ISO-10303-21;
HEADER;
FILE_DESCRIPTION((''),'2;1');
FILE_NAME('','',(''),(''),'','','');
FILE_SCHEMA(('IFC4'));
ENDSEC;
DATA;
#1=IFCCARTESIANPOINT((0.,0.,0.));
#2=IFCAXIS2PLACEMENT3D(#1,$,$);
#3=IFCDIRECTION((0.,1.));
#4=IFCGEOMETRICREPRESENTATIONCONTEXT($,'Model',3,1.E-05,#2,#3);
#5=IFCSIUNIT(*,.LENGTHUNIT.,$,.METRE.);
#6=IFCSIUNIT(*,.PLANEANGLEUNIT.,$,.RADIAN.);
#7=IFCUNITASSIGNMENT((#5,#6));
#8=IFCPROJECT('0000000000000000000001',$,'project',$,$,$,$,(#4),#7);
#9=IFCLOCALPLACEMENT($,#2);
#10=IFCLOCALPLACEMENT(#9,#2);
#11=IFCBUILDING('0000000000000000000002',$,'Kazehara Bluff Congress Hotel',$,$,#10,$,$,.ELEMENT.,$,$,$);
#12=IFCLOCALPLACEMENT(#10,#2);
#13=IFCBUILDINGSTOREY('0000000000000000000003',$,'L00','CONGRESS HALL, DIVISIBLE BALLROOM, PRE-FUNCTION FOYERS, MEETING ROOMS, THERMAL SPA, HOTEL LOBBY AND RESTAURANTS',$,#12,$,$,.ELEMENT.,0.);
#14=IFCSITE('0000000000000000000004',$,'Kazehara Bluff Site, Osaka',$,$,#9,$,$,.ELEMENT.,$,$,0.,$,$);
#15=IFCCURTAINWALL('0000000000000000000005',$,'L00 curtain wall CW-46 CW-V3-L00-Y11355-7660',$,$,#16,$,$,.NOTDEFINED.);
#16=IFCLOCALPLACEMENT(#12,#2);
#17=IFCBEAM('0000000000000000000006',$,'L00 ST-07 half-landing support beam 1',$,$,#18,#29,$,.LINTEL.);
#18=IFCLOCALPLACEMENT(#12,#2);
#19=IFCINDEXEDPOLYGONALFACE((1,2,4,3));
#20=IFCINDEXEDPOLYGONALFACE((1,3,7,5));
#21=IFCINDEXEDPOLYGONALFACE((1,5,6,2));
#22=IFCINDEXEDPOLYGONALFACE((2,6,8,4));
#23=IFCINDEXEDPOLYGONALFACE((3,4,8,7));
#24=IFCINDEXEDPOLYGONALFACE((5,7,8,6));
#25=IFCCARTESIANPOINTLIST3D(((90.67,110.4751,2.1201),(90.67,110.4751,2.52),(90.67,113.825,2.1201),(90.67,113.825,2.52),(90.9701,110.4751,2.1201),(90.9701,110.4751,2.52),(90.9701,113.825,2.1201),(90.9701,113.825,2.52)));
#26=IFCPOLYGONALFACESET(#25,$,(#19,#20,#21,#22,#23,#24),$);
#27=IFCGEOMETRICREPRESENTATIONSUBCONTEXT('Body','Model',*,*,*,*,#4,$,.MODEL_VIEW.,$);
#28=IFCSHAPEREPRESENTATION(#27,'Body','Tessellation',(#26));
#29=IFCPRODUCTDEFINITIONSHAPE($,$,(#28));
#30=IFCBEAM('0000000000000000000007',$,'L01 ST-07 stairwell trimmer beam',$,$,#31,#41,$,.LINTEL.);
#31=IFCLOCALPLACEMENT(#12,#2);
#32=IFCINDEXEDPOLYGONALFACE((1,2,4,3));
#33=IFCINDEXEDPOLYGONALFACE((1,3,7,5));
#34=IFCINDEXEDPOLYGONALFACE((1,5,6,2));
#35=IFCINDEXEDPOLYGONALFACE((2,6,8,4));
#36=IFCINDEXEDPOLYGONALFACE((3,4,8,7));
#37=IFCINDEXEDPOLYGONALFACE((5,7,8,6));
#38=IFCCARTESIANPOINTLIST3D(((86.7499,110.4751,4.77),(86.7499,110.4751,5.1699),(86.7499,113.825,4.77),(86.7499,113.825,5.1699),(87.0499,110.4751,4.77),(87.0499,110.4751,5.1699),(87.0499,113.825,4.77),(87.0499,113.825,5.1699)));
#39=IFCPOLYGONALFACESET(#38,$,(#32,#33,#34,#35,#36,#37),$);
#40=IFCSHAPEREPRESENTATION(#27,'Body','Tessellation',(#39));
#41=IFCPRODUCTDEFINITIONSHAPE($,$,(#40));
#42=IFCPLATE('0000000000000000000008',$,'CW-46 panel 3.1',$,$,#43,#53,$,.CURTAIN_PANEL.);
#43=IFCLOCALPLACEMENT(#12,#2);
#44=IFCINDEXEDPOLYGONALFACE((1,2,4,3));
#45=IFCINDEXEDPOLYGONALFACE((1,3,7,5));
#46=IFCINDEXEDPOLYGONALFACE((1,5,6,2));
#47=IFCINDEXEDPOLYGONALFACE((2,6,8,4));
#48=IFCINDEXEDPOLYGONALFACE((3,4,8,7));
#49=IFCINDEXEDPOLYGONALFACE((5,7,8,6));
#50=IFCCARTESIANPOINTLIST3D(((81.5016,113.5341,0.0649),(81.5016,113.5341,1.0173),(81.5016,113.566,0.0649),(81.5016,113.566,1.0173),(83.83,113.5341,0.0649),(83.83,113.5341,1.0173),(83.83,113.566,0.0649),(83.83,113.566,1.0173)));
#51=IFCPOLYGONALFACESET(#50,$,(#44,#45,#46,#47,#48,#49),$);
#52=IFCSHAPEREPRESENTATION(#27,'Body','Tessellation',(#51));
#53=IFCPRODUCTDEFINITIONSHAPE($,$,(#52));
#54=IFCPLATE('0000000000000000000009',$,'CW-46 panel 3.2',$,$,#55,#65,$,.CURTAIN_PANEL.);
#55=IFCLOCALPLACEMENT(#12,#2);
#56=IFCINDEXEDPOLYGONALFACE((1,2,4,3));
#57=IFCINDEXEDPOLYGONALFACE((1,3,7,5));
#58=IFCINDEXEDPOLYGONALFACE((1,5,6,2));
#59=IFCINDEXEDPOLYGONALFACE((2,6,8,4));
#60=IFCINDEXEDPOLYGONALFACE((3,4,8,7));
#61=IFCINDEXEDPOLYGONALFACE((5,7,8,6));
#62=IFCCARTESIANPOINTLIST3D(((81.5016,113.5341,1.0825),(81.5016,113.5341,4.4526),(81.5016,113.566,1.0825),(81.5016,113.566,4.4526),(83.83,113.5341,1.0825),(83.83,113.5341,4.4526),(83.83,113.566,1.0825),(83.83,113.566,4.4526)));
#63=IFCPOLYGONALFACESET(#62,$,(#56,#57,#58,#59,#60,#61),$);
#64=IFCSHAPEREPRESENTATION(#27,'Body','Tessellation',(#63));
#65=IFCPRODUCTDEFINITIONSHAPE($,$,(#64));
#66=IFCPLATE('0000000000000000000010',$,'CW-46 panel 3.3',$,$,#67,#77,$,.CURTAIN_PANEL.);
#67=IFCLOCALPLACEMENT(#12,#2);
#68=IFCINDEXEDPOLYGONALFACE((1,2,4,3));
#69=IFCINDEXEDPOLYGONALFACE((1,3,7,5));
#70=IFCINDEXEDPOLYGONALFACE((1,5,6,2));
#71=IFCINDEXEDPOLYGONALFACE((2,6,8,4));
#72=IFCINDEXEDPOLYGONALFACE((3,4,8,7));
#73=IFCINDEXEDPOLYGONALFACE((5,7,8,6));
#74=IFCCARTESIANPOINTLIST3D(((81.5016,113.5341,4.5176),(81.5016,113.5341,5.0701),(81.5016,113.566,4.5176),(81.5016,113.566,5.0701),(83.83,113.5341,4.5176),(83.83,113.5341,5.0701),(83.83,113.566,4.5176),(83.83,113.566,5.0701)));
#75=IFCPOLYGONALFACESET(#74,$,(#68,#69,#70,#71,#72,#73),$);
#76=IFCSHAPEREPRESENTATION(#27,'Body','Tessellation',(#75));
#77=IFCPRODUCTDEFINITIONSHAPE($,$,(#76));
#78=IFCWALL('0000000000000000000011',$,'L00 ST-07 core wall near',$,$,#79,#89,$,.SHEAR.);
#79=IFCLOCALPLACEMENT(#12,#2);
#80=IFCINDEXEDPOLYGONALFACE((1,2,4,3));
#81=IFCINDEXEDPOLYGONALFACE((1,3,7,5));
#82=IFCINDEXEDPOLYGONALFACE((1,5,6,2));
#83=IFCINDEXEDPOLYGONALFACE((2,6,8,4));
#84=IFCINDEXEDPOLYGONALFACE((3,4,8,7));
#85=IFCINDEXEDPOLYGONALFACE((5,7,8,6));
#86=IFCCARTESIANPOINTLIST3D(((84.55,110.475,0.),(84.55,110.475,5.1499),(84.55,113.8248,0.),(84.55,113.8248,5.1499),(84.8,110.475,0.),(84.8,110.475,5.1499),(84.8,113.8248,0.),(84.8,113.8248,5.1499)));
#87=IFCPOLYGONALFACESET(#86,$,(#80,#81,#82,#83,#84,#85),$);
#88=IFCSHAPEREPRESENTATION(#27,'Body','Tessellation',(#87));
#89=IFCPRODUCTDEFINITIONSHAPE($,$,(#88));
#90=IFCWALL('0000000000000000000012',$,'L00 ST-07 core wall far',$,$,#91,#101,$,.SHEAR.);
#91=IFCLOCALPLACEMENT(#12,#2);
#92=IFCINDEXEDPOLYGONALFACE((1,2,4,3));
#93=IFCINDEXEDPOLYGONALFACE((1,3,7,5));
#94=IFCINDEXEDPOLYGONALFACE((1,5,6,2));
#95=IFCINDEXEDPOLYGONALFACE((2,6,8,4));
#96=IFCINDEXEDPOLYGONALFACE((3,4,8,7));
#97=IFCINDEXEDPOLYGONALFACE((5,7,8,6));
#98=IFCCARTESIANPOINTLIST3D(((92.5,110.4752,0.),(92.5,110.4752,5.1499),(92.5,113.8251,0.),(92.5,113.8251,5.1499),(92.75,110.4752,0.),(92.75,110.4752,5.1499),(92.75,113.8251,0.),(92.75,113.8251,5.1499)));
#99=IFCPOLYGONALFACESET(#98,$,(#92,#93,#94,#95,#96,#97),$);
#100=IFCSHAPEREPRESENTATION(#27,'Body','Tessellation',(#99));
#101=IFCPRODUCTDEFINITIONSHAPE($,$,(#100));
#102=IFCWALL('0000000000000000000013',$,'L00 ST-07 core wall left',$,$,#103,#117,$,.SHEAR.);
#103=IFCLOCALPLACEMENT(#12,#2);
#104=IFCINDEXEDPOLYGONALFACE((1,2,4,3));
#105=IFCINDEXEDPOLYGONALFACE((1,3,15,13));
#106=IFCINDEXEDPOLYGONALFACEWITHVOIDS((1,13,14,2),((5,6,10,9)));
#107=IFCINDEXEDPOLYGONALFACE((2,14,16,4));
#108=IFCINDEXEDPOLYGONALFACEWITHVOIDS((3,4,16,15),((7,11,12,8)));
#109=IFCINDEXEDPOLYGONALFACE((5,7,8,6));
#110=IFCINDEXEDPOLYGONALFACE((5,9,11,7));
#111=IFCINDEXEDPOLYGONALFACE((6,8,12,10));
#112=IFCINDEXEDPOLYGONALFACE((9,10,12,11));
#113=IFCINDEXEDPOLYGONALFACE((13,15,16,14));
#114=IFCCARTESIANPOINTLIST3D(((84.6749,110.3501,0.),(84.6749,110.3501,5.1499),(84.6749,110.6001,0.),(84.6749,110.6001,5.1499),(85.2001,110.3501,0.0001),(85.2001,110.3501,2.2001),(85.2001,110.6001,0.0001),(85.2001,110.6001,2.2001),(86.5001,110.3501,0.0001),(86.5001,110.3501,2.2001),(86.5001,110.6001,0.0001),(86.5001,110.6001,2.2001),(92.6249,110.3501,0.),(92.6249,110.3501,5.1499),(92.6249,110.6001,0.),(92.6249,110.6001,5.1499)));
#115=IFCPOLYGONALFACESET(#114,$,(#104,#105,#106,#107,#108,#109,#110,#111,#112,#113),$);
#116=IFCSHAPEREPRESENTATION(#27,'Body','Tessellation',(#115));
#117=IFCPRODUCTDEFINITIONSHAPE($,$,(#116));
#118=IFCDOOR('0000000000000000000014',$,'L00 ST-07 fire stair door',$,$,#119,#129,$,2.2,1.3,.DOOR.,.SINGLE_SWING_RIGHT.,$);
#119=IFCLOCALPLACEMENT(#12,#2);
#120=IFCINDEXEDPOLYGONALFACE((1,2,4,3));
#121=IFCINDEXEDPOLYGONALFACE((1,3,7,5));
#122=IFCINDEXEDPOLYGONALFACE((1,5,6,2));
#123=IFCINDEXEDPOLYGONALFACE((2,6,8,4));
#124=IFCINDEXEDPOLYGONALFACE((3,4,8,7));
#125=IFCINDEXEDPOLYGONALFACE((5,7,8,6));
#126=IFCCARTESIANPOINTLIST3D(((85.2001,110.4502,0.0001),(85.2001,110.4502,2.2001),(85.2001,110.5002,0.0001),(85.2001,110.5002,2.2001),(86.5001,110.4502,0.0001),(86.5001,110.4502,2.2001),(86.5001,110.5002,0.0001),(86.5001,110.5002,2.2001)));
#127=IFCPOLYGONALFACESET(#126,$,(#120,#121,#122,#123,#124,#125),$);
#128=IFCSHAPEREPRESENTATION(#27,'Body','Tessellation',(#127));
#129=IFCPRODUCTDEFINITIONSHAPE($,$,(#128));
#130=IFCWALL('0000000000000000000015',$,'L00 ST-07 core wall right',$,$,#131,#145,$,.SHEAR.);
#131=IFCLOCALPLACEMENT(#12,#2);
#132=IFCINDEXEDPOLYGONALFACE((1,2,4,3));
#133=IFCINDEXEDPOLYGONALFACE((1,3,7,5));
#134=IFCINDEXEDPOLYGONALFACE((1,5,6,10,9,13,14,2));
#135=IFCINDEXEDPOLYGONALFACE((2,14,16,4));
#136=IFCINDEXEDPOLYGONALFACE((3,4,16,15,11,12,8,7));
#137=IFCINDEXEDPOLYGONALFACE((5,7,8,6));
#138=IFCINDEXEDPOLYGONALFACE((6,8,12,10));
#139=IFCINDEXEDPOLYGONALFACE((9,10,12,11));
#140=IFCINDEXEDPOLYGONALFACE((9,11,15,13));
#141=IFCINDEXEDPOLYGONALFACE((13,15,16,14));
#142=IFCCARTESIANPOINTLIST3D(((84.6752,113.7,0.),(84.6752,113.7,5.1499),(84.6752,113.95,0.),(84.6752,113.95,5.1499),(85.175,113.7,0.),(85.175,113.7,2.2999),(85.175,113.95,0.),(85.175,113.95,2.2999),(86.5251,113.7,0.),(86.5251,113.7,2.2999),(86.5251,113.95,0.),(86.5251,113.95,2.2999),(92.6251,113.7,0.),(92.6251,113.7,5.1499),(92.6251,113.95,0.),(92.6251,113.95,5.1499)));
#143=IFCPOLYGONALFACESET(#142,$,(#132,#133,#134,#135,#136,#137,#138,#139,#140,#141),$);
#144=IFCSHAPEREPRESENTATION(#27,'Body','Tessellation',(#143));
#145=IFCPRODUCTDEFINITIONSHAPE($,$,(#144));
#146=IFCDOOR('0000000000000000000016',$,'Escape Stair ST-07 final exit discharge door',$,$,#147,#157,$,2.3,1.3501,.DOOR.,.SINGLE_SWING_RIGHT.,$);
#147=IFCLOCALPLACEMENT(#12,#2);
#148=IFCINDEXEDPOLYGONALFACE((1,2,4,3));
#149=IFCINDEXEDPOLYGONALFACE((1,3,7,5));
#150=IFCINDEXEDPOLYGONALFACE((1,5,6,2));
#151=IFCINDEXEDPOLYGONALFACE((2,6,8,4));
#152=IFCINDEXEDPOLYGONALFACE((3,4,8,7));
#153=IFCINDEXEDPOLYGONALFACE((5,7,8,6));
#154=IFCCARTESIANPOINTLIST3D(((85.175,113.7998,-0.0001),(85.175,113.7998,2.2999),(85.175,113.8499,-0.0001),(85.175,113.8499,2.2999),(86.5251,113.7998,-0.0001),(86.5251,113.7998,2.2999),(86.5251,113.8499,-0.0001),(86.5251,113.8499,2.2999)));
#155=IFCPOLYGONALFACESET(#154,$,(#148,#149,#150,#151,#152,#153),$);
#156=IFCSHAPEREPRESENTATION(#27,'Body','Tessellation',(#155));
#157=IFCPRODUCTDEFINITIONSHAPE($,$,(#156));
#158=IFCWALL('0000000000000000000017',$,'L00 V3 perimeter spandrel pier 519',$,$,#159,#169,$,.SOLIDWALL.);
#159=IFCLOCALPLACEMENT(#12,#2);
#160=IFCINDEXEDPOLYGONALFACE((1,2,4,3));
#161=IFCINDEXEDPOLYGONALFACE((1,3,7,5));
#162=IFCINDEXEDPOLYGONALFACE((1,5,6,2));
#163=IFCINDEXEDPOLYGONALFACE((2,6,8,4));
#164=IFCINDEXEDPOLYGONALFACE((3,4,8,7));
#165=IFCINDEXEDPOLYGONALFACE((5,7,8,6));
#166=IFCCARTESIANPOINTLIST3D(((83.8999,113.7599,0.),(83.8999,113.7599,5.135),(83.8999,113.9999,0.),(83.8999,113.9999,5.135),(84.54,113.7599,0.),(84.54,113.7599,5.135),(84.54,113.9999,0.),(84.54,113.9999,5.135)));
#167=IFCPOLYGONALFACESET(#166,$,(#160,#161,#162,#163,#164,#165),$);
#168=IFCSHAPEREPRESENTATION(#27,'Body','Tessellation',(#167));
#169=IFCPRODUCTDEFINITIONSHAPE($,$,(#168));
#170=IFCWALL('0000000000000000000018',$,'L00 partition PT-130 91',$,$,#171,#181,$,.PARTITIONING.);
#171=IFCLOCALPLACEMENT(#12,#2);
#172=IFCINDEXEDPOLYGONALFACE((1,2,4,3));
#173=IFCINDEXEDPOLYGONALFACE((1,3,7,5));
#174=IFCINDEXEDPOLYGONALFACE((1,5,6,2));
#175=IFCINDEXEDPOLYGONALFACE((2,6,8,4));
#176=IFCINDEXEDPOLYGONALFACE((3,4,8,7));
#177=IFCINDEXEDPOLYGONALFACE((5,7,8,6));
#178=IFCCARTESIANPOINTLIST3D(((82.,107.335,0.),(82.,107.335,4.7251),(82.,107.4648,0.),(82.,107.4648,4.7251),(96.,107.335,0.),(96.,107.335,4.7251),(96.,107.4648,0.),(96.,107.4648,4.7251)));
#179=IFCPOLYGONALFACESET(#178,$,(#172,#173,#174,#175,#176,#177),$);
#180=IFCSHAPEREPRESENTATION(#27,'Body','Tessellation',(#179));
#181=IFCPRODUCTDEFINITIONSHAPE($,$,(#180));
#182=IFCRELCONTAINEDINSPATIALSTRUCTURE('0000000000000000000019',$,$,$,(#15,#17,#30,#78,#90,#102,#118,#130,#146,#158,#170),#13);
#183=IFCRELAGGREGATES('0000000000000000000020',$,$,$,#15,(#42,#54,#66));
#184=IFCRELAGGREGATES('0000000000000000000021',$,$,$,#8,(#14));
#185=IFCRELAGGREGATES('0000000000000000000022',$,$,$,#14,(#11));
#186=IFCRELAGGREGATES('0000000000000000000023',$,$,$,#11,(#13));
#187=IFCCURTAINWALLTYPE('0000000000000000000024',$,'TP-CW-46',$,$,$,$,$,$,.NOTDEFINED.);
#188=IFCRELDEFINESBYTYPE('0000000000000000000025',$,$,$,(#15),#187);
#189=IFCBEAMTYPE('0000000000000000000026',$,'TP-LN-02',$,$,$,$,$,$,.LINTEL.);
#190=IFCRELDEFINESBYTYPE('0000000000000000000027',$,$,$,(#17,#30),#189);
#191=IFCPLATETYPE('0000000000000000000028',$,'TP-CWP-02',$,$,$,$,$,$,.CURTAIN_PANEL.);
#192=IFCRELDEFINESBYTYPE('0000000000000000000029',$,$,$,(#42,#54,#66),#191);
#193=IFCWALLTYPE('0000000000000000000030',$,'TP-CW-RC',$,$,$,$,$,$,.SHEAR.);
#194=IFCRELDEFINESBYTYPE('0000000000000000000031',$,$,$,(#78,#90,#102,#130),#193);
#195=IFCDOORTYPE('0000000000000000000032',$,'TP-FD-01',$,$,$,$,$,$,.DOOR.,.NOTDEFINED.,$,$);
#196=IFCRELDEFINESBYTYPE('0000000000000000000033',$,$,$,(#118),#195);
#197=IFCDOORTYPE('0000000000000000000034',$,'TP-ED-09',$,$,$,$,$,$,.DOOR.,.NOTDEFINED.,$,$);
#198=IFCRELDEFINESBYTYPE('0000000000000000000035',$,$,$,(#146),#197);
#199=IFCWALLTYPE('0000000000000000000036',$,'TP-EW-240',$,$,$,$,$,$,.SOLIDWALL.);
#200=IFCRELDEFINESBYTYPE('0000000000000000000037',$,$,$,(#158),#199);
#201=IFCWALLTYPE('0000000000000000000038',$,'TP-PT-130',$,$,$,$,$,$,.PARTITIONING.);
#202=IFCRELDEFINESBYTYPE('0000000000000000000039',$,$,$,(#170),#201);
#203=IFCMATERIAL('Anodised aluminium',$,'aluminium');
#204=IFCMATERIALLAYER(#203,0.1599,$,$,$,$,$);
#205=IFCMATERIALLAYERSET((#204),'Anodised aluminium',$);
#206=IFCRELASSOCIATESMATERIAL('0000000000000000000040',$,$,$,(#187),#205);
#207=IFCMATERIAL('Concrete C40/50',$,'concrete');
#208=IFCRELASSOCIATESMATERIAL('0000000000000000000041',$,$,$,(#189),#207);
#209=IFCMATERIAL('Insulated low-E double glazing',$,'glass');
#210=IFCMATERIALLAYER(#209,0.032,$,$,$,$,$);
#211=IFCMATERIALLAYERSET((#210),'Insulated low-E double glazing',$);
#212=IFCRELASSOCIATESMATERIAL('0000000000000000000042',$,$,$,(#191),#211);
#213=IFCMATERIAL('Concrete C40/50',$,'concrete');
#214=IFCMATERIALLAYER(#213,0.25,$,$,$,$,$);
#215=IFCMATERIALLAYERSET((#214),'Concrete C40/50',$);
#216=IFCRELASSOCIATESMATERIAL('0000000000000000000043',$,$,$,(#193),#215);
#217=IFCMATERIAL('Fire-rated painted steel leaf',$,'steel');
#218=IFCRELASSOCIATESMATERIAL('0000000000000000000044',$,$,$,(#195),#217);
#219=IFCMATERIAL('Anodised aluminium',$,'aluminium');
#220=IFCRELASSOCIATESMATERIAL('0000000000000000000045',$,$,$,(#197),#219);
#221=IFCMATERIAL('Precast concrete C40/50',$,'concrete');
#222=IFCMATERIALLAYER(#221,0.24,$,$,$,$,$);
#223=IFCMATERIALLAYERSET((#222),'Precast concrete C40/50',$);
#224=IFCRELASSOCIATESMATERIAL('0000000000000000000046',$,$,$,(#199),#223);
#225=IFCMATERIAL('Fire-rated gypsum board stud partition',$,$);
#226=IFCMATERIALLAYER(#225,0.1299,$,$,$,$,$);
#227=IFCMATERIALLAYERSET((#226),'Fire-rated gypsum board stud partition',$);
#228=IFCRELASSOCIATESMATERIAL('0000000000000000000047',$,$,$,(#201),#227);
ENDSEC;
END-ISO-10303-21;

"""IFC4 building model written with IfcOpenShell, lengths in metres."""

from ifc_helpers import new_model, si_unit, direction, frame, frame_2d, origin, origin_2d, place, context, subcontext, project, spatial, rectangle, extrude, material, layer, layer_set, material_profile, profile_set, type_object, element, fill, aggregate, save


model = new_model("IFC4")

# Units and contexts
model_context = context("Model", 3, precision=1e-05, world=origin(), true_north=direction((0.0, 1.0)))
body_context = subcontext(model_context, "Body", "Model", "MODEL_VIEW")
ifc_project = project(units=[si_unit("LENGTHUNIT", "METRE"), si_unit("PLANEANGLEUNIT", "RADIAN")], contexts=[model_context])

# Site, building, storey
site_placement = place(None, origin())
site = spatial("IfcSite", under=ifc_project, at=site_placement, Name="Kazehara Bluff Site, Osaka", CompositionType="ELEMENT", RefElevation=0.0)
building_placement = place(site_placement, origin())
building = spatial("IfcBuilding", under=site, at=building_placement, Name="Kazehara Bluff Congress Hotel", CompositionType="ELEMENT")
storey_placement = place(building_placement, origin())
storey = spatial("IfcBuildingStorey", under=building, at=storey_placement, Name="L00", Description="CONGRESS HALL, DIVISIBLE BALLROOM, PRE-FUNCTION FOYERS, MEETING ROOMS, THERMAL SPA, HOTEL LOBBY AND RESTAURANTS", CompositionType="ELEMENT", Elevation=0.0)

# Curtain wall
ifc_material_1 = material(Name="Anodised aluminium", Category="aluminium")
ifc_layer_1 = layer(ifc_material_1, 0.1599)
ifc_layer_set_1 = layer_set([ifc_layer_1], Name="Anodised aluminium")
curtain_wall_type = type_object("IfcCurtainWallType", Name="TP-CW-46", PredefinedType="NOTDEFINED", material=ifc_layer_set_1)
curtain_wall_placement = place(storey_placement, origin())
curtain_wall = element("IfcCurtainWall", 1, at=curtain_wall_placement, inside=storey, type_object=curtain_wall_type, Name="L00 curtain wall CW-46 CW-V3-L00-Y11355-7660", PredefinedType="NOTDEFINED")

# Beams
ifc_material_2 = material(Name="Concrete C40/50", Category="concrete")
ifc_material_profile_1 = material_profile(ifc_material_2, rectangle(XDim=0.3, YDim=0.3999, at=origin_2d()))
ifc_profile_set_1 = profile_set([ifc_material_profile_1], Name="Concrete C40/50")
beam_type_1 = type_object("IfcBeamType", Name="TP-LN-02", PredefinedType="LINTEL", material=ifc_profile_set_1)
for number, where, z_axis, x_axis, name in (
    (2, (90.8201, 110.4751, 2.3201), (0.0, 1.0, 0.0), (-1.0, 0.0, 0.0), "L00 ST-07 half-landing support beam 1"),
    (3, (86.8999, 110.4751, 4.97), (0.0, 1.0, 0.0), (-1.0, 0.0, 0.0), "L01 ST-07 stairwell trimmer beam"),
):
    element("IfcBeam", number, at=place(storey_placement, frame(where, z_axis=z_axis, x_axis=x_axis)), inside=storey, type_object=beam_type_1, Name=name, PredefinedType="LINTEL", context=body_context, shape_type="SweptSolid", body=[
        extrude(rectangle(XDim=0.3, YDim=0.3999, at=origin_2d()), origin(), (0.0, 0.0, 1.0), 3.3499),
    ])

# Plates
ifc_material_3 = material(Name="Insulated low-E double glazing", Category="glass")
ifc_layer_2 = layer(ifc_material_3, 0.032)
ifc_layer_set_2 = layer_set([ifc_layer_2], Name="Insulated low-E double glazing")
plate_type = type_object("IfcPlateType", Name="TP-CWP-02", PredefinedType="CURTAIN_PANEL", material=ifc_layer_set_2)
plate_1_placement = place(storey_placement, frame((82.6658, 113.55, 0.0649), z_axis=(0.0, 0.0, 1.0), x_axis=(1.0, 0.0, 0.0)))
plate_1 = element("IfcPlate", 4, at=plate_1_placement, type_object=plate_type, Name="CW-46 panel 3.1", PredefinedType="CURTAIN_PANEL", context=body_context, shape_type="SweptSolid", body=[
    extrude(rectangle(XDim=2.3284, YDim=0.032, at=origin_2d()), origin(), (0.0, 0.0, 1.0), 0.9524),
])
plate_2_placement = place(storey_placement, frame((82.6658, 113.55, 1.0825), z_axis=(0.0, 0.0, 1.0), x_axis=(1.0, 0.0, 0.0)))
plate_2 = element("IfcPlate", 5, at=plate_2_placement, type_object=plate_type, Name="CW-46 panel 3.2", PredefinedType="CURTAIN_PANEL", context=body_context, shape_type="SweptSolid", body=[
    extrude(rectangle(XDim=2.3284, YDim=0.032, at=origin_2d()), origin(), (0.0, 0.0, 1.0), 3.3701),
])
plate_3_placement = place(storey_placement, frame((82.6658, 113.55, 4.5176), z_axis=(0.0, 0.0, 1.0), x_axis=(1.0, 0.0, 0.0)))
plate_3 = element("IfcPlate", 6, at=plate_3_placement, type_object=plate_type, Name="CW-46 panel 3.3", PredefinedType="CURTAIN_PANEL", context=body_context, shape_type="SweptSolid", body=[
    extrude(rectangle(XDim=2.3284, YDim=0.032, at=origin_2d()), origin(), (0.0, 0.0, 1.0), 0.5525),
])
aggregate(curtain_wall, [plate_1, plate_2, plate_3])

# Walls
ifc_material_4 = material(Name="Concrete C40/50", Category="concrete")
ifc_layer_3 = layer(ifc_material_4, 0.25)
ifc_layer_set_3 = layer_set([ifc_layer_3], Name="Concrete C40/50")
wall_type_1 = type_object("IfcWallType", Name="TP-CW-RC", PredefinedType="SHEAR", material=ifc_layer_set_3)
for number, where, z_axis, x_axis, name in (
    (7, (84.675, 110.4751, 0.0), (0.0, 0.0, 1.0), (0.0, 1.0, 0.0), "L00 ST-07 core wall near"),
    (8, (92.625, 113.825, 0.0), (0.0, 0.0, 1.0), (0.0, -1.0, 0.0), "L00 ST-07 core wall far"),
):
    element("IfcWall", number, at=place(storey_placement, frame(where, z_axis=z_axis, x_axis=x_axis)), inside=storey, type_object=wall_type_1, Name=name, PredefinedType="SHEAR", context=body_context, shape_type="SweptSolid", body=[
        extrude(rectangle(XDim=3.3499, YDim=0.25, at=frame_2d((1.6748, 0.0))), origin(), (0.0, 0.0, 1.0), 5.1499),
    ])

# Walls, openings, doors
wall_1_placement = place(storey_placement, frame((92.625, 110.4751, 0.0), z_axis=(0.0, 0.0, 1.0), x_axis=(-1.0, 0.0, 0.0)))
wall_1 = element("IfcWall", 9, at=wall_1_placement, inside=storey, type_object=wall_type_1, Name="L00 ST-07 core wall left", PredefinedType="SHEAR", context=body_context, shape_type="SweptSolid", body=[
    extrude(rectangle(XDim=7.95, YDim=0.25, at=frame_2d((3.9751, 0.0))), origin(), (0.0, 0.0, 1.0), 5.1499),
])
opening_1_placement = place(wall_1_placement, frame((6.125, 0.0, 0.0)))
opening_1 = element("IfcOpeningElement", 10, at=opening_1_placement, cuts=wall_1, PredefinedType="OPENING", context=body_context, shape_type="SweptSolid", body=[
    extrude(rectangle(XDim=1.3, YDim=2.2, at=frame_2d((0.6499, 1.1001))), frame((0.0, 0.135, 0.0), z_axis=(0.0, -1.0, 0.0), x_axis=(1.0, 0.0, 0.0)), (0.0, 0.0, 1.0), 0.27),
])
ifc_material_5 = material(Name="Fire-rated painted steel leaf", Category="steel")
door_type_1 = type_object("IfcDoorType", Name="TP-FD-01", OperationType="NOTDEFINED", PredefinedType="DOOR", material=ifc_material_5)
door_1_placement = place(opening_1_placement, origin())
door_1 = element("IfcDoor", 11, at=door_1_placement, inside=storey, type_object=door_type_1, Name="L00 ST-07 fire stair door", OperationType="SINGLE_SWING_RIGHT", OverallHeight=2.2, OverallWidth=1.3, PredefinedType="DOOR", context=body_context, shape_type="SweptSolid", body=[
    extrude(rectangle(XDim=1.3, YDim=2.2, at=frame_2d((0.6499, 1.1001))), frame((0.0, 0.0249, 0.0), z_axis=(0.0, -1.0, 0.0), x_axis=(1.0, 0.0, 0.0)), (0.0, 0.0, 1.0), 0.05),
])
fill(opening_1, door_1)
wall_2_placement = place(storey_placement, frame((84.675, 113.825, 0.0), z_axis=(0.0, 0.0, 1.0), x_axis=(1.0, 0.0, 0.0)))
wall_2 = element("IfcWall", 12, at=wall_2_placement, inside=storey, type_object=wall_type_1, Name="L00 ST-07 core wall right", PredefinedType="SHEAR", context=body_context, shape_type="SweptSolid", body=[
    extrude(rectangle(XDim=7.95, YDim=0.25, at=frame_2d((3.9751, 0.0))), origin(), (0.0, 0.0, 1.0), 5.1499),
])
opening_2_placement = place(wall_2_placement, frame((0.5, 0.0, 0.0)))
opening_2 = element("IfcOpeningElement", 13, at=opening_2_placement, cuts=wall_2, PredefinedType="OPENING", context=body_context, shape_type="SweptSolid", body=[
    extrude(rectangle(XDim=1.3501, YDim=2.3, at=frame_2d((0.675, 1.1499))), frame((0.0, 0.135, 0.0), z_axis=(0.0, -1.0, 0.0), x_axis=(1.0, 0.0, 0.0)), (0.0, 0.0, 1.0), 0.27),
])
ifc_material_6 = material(Name="Anodised aluminium", Category="aluminium")
door_type_2 = type_object("IfcDoorType", Name="TP-ED-09", OperationType="NOTDEFINED", PredefinedType="DOOR", material=ifc_material_6)
door_2_placement = place(opening_2_placement, origin())
door_2 = element("IfcDoor", 14, at=door_2_placement, inside=storey, type_object=door_type_2, Name="Escape Stair ST-07 final exit discharge door", OperationType="SINGLE_SWING_RIGHT", OverallHeight=2.3, OverallWidth=1.3501, PredefinedType="DOOR", context=body_context, shape_type="SweptSolid", body=[
    extrude(rectangle(XDim=1.3501, YDim=2.3, at=frame_2d((0.675, 1.1499))), frame((0.0, 0.0249, 0.0), z_axis=(0.0, -1.0, 0.0), x_axis=(1.0, 0.0, 0.0)), (0.0, 0.0, 1.0), 0.05),
])
fill(opening_2, door_2)

# Walls
ifc_material_7 = material(Name="Precast concrete C40/50", Category="concrete")
ifc_layer_4 = layer(ifc_material_7, 0.24)
ifc_layer_set_4 = layer_set([ifc_layer_4], Name="Precast concrete C40/50")
wall_type_2 = type_object("IfcWallType", Name="TP-EW-240", PredefinedType="SOLIDWALL", material=ifc_layer_set_4)
wall_3_placement = place(storey_placement, frame((83.8999, 113.8799, 0.0), z_axis=(0.0, 0.0, 1.0), x_axis=(1.0, 0.0, 0.0)))
element("IfcWall", 15, at=wall_3_placement, inside=storey, type_object=wall_type_2, Name="L00 V3 perimeter spandrel pier 519", PredefinedType="SOLIDWALL", context=body_context, shape_type="SweptSolid", body=[
    extrude(rectangle(XDim=0.6401, YDim=0.24, at=frame_2d((0.3201, 0.0))), origin(), (0.0, 0.0, 1.0), 5.135),
])
ifc_material_8 = material(Name="Fire-rated gypsum board stud partition")
ifc_layer_5 = layer(ifc_material_8, 0.1299)
ifc_layer_set_5 = layer_set([ifc_layer_5], Name="Fire-rated gypsum board stud partition")
wall_type_3 = type_object("IfcWallType", Name="TP-PT-130", PredefinedType="PARTITIONING", material=ifc_layer_set_5)
wall_4_placement = place(storey_placement, frame((82.0, 107.3999, 0.0), z_axis=(0.0, 0.0, 1.0), x_axis=(1.0, 0.0, 0.0)))
element("IfcWall", 16, at=wall_4_placement, inside=storey, type_object=wall_type_3, Name="L00 partition PT-130 91", PredefinedType="PARTITIONING", context=body_context, shape_type="SweptSolid", body=[
    extrude(rectangle(XDim=14.0, YDim=0.1299, at=frame_2d((7.0, 0.0))), origin(), (0.0, 0.0, 1.0), 4.7251),
])

save(model, "model.ifc")
